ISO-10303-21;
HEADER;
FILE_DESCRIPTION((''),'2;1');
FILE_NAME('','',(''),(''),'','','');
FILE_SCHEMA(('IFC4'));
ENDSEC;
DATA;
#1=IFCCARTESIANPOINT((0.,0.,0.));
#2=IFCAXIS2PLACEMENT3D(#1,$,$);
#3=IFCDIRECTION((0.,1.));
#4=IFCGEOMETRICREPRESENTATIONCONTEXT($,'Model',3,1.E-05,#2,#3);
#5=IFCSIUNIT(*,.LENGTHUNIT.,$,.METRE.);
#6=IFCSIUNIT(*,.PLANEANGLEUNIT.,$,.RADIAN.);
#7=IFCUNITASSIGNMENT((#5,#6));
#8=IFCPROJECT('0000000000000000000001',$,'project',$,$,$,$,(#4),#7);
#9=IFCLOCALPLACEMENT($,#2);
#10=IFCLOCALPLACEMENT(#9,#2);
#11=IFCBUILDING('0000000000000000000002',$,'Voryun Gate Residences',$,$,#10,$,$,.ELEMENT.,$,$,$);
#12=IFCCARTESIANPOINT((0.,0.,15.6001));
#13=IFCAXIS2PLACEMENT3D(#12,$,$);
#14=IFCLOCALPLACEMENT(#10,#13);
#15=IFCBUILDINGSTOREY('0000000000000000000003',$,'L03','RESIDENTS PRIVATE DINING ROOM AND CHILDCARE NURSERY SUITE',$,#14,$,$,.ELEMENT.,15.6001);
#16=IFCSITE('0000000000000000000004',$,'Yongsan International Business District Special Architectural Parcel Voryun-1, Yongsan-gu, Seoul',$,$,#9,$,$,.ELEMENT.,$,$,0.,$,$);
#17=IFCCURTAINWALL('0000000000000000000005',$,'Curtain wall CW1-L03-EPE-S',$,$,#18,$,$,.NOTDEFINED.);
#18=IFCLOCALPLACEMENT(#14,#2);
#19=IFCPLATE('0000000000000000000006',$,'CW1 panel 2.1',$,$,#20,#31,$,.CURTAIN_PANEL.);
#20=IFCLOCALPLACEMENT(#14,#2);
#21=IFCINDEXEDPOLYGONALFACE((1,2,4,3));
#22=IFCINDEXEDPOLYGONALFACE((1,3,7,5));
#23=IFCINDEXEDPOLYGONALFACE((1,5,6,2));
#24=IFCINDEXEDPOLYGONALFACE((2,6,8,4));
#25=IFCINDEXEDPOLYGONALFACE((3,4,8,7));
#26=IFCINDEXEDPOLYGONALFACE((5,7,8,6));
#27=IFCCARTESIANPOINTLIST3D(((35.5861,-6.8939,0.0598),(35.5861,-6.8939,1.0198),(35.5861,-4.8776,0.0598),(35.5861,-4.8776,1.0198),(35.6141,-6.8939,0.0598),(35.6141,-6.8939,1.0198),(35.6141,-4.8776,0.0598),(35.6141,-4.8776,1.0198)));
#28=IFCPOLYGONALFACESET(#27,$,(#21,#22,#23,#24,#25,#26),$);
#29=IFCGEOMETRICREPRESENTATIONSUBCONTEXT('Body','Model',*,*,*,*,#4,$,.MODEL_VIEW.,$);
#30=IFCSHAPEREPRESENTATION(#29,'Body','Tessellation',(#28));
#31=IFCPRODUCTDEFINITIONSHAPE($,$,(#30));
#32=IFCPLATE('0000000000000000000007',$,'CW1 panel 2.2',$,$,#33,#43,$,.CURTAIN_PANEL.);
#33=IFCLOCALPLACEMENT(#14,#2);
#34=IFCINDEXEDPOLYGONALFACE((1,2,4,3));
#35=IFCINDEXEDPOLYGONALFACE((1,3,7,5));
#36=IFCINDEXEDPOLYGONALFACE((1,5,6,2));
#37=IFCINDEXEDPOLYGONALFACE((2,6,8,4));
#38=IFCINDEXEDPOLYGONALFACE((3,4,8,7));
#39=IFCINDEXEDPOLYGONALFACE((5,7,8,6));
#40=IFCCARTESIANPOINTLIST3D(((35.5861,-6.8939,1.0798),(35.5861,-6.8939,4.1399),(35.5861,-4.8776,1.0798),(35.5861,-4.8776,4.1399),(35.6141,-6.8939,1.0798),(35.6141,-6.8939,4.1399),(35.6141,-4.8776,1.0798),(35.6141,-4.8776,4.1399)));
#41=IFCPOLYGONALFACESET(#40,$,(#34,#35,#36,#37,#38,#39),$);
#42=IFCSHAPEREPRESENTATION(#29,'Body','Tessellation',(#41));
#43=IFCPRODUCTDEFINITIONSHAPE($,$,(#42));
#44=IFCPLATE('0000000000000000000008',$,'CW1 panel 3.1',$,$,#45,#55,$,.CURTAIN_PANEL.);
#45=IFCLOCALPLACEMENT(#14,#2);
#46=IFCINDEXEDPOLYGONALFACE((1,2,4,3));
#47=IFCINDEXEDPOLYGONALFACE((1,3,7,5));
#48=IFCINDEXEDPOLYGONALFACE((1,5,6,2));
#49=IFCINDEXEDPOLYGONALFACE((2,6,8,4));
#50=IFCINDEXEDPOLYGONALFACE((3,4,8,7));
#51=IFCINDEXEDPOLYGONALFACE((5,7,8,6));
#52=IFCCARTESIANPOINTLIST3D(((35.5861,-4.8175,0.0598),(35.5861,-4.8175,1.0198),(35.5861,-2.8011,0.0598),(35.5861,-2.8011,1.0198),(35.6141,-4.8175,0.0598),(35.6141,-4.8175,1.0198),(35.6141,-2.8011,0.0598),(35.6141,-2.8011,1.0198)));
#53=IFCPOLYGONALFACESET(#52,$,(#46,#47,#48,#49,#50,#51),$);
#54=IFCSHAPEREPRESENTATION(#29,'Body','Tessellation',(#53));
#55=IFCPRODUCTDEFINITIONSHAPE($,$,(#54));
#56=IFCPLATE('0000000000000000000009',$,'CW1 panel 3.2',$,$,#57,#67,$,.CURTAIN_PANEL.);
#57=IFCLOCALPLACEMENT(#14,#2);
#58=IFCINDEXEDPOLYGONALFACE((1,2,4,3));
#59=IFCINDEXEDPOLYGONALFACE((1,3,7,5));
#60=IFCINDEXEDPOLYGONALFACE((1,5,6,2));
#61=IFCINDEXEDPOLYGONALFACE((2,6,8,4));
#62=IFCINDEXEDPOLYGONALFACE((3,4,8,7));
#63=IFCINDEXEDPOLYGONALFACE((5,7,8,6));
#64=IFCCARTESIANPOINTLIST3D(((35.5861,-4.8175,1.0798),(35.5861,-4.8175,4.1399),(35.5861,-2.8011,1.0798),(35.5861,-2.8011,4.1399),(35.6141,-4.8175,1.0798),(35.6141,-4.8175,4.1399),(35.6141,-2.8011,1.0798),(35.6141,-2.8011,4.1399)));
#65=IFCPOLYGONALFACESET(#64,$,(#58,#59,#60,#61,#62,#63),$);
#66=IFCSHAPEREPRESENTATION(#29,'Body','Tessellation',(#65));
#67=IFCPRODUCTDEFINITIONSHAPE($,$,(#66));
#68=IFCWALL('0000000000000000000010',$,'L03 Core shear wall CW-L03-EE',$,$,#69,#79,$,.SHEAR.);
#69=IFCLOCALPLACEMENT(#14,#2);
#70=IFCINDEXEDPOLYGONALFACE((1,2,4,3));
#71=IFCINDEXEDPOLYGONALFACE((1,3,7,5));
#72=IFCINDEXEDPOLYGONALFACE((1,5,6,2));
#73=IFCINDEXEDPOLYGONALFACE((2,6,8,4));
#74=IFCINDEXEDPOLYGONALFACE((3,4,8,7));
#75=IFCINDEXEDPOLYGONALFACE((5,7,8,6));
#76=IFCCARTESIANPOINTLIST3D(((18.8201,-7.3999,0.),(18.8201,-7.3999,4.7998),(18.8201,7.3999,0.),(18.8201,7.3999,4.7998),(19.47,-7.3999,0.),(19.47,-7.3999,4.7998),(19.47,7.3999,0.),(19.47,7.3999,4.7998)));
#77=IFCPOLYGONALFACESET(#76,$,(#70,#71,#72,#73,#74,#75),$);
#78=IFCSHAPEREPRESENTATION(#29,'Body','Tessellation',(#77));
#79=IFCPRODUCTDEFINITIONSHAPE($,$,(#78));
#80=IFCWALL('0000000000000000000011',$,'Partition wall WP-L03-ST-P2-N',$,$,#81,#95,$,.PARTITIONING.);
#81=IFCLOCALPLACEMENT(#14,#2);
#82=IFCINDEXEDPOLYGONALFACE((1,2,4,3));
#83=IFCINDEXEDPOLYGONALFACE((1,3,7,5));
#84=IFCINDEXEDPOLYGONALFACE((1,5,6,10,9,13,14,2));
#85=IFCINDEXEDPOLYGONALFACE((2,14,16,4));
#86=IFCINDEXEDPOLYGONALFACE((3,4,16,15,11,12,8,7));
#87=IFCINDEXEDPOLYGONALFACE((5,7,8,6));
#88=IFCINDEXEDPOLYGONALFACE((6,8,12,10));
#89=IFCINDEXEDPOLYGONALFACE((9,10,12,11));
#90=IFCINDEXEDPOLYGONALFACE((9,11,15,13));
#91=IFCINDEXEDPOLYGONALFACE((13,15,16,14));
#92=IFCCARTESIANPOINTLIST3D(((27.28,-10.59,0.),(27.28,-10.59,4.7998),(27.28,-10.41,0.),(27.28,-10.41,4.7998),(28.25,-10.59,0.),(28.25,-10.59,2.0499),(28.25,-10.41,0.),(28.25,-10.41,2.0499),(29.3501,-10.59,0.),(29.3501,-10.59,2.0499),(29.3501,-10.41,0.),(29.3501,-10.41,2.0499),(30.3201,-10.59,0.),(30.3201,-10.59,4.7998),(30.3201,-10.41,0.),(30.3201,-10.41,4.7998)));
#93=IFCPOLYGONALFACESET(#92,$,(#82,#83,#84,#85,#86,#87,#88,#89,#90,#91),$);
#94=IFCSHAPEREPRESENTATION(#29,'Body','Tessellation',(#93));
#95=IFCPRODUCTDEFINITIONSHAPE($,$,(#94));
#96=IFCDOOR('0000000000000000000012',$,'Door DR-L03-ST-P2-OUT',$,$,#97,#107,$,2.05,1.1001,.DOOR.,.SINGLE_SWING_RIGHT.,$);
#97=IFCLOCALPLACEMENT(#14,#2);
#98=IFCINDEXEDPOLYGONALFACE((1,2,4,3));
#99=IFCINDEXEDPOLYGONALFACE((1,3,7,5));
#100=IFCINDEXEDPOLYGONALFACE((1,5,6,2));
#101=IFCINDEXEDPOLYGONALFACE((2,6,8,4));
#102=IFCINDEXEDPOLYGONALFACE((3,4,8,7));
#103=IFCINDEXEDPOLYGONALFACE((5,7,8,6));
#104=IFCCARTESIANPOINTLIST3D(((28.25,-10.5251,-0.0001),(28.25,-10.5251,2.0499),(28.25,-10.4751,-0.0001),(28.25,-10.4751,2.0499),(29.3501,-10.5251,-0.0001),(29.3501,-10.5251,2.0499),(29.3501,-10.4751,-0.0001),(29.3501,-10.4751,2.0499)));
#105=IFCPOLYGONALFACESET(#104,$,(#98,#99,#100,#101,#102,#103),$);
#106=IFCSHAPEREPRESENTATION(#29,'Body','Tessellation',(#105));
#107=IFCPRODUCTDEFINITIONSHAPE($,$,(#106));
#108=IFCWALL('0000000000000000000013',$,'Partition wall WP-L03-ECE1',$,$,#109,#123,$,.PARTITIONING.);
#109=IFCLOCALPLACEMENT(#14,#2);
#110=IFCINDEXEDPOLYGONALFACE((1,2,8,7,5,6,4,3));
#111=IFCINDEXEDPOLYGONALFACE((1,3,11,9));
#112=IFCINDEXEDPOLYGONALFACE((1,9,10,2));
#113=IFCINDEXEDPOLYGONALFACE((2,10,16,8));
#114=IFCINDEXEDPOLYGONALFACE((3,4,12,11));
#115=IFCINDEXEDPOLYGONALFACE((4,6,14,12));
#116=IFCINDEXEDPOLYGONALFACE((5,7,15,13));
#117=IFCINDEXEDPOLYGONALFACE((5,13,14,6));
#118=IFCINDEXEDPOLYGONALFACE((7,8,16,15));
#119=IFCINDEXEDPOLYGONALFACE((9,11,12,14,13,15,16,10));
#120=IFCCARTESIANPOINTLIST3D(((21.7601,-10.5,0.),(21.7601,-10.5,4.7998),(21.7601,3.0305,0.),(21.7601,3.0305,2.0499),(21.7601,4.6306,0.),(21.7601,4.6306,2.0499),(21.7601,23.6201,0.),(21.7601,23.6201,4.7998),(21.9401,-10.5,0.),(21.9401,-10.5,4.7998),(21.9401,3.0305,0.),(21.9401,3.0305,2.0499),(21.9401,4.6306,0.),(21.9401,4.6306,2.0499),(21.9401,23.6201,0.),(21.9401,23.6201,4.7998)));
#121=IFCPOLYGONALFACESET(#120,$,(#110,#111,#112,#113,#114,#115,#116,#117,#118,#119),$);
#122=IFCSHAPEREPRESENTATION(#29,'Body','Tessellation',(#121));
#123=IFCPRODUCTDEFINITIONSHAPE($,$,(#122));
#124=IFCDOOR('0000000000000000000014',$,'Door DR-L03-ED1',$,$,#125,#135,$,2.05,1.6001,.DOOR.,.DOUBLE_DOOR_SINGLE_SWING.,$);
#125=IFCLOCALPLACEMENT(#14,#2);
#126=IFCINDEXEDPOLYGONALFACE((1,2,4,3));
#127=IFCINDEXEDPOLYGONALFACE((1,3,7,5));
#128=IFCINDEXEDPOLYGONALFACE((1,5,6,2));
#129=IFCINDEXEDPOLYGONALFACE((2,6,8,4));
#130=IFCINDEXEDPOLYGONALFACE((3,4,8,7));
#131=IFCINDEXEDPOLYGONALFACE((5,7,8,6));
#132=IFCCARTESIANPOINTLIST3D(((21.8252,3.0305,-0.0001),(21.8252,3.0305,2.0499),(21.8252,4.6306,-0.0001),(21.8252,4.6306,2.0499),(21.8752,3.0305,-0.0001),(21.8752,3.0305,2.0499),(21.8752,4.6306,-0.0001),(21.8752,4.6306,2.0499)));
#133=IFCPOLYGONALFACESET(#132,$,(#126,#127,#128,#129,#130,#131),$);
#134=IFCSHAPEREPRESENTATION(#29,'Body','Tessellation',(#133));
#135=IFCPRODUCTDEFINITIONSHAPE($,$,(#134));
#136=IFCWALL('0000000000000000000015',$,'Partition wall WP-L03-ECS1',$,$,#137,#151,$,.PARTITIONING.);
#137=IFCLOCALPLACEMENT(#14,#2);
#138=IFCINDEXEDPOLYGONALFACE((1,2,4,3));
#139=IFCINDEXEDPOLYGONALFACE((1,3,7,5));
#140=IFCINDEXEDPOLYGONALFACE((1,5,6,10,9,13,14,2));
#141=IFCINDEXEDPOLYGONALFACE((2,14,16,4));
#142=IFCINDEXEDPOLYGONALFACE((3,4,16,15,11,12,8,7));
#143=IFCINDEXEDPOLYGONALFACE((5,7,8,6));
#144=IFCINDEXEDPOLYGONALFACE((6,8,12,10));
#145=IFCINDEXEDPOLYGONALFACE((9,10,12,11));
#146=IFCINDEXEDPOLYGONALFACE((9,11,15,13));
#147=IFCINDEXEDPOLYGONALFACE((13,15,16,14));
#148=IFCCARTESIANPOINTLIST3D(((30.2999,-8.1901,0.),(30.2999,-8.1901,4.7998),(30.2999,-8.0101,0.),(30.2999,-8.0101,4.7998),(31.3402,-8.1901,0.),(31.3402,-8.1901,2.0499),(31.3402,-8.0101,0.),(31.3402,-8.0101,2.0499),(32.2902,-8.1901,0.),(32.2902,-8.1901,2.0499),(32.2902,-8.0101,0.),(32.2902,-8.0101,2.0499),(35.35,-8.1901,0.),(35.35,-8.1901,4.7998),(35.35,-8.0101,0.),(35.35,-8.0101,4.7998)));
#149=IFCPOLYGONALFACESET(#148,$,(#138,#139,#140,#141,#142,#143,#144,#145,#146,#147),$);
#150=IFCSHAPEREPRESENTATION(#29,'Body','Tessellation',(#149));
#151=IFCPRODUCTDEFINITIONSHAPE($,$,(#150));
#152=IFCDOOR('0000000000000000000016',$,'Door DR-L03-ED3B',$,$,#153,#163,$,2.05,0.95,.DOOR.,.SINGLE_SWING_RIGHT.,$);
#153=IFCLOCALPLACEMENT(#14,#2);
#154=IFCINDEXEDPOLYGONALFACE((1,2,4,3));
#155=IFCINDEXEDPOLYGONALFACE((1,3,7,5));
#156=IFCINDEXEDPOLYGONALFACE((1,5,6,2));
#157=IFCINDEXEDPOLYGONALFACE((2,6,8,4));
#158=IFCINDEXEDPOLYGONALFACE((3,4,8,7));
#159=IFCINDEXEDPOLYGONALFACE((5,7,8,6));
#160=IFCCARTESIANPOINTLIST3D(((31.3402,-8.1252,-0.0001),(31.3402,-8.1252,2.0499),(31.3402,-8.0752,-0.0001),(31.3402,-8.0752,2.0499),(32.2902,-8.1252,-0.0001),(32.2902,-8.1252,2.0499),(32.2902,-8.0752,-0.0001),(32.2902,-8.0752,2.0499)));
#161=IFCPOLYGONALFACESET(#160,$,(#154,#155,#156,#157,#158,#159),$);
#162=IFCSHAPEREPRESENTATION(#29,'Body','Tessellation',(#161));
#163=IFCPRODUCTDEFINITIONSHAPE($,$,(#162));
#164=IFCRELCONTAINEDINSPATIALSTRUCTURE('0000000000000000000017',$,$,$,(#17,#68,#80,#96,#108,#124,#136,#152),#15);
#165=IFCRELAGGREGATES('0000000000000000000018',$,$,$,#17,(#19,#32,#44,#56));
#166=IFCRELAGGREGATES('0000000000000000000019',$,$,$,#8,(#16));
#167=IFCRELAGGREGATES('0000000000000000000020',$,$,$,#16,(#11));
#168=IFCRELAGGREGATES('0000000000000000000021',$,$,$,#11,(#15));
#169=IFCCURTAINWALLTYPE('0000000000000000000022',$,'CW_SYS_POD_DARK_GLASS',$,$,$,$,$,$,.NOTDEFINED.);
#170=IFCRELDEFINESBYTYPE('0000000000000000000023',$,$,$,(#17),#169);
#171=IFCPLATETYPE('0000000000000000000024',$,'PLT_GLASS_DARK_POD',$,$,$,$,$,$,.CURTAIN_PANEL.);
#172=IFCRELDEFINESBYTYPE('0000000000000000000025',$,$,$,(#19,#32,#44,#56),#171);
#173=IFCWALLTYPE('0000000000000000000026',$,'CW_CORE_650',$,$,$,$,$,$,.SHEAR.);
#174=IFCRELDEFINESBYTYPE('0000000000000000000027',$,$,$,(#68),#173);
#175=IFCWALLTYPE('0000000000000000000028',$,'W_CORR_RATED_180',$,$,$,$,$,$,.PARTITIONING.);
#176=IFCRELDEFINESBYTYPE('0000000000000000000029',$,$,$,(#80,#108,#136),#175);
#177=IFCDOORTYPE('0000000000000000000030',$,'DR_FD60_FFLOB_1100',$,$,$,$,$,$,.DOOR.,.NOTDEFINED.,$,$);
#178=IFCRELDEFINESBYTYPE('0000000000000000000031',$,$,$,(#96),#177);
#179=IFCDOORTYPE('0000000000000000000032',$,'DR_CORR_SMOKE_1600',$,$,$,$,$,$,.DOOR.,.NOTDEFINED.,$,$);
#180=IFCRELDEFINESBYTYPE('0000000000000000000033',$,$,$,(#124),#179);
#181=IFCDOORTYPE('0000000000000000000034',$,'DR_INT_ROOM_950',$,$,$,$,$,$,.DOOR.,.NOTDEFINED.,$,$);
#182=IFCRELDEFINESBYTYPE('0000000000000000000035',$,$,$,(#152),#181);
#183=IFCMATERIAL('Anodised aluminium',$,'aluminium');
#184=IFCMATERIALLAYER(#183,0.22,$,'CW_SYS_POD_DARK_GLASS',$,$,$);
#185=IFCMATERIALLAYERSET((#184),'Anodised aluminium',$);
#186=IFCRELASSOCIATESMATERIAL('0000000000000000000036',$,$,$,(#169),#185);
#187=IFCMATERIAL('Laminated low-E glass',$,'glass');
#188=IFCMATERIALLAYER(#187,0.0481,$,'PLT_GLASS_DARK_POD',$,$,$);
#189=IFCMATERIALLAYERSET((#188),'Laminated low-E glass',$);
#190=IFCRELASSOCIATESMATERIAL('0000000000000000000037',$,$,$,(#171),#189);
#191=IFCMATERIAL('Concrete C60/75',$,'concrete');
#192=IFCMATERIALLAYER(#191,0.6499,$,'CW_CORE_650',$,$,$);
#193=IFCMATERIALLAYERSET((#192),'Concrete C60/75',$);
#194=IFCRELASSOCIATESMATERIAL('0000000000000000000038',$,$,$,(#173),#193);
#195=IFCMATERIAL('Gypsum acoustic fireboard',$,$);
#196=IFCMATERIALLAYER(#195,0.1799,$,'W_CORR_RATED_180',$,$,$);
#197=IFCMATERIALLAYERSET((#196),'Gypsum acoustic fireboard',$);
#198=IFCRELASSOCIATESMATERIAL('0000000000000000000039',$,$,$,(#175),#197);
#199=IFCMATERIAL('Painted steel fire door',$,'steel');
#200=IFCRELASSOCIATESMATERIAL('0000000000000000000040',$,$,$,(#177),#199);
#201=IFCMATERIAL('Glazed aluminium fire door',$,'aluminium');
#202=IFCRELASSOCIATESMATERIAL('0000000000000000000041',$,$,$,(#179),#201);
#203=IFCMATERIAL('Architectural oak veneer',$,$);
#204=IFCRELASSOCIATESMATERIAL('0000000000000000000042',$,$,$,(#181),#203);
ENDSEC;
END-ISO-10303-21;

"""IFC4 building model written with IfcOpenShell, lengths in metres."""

from ifc_helpers import new_model, si_unit, direction, frame, frame_2d, origin, origin_2d, place, context, subcontext, project, spatial, rectangle, extrude, material, layer, layer_set, type_object, element, fill, aggregate, save


model = new_model("IFC4")

# Units and contexts
model_context = context("Model", 3, precision=1e-05, world=origin(), true_north=direction((0.0, 1.0)))
body_context = subcontext(model_context, "Body", "Model", "MODEL_VIEW")
ifc_project = project(units=[si_unit("LENGTHUNIT", "METRE"), si_unit("PLANEANGLEUNIT", "RADIAN")], contexts=[model_context])

# Site, building, storey
site_placement = place(None, origin())
site = spatial("IfcSite", under=ifc_project, at=site_placement, Name="Yongsan International Business District Special Architectural Parcel Voryun-1, Yongsan-gu, Seoul", CompositionType="ELEMENT", RefElevation=0.0)
building_placement = place(site_placement, origin())
building = spatial("IfcBuilding", under=site, at=building_placement, Name="Voryun Gate Residences", CompositionType="ELEMENT")
storey_placement = place(building_placement, frame((0.0, 0.0, 15.6001)))
storey = spatial("IfcBuildingStorey", under=building, at=storey_placement, Name="L03", Description="RESIDENTS PRIVATE DINING ROOM AND CHILDCARE NURSERY SUITE", CompositionType="ELEMENT", Elevation=15.6001)

# Curtain wall, plates
ifc_material_1 = material(Name="Anodised aluminium", Category="aluminium")
ifc_layer_1 = layer(ifc_material_1, 0.22, Name="CW_SYS_POD_DARK_GLASS")
ifc_layer_set_1 = layer_set([ifc_layer_1], Name="Anodised aluminium")
curtain_wall_type = type_object("IfcCurtainWallType", Name="CW_SYS_POD_DARK_GLASS", PredefinedType="NOTDEFINED", material=ifc_layer_set_1)
curtain_wall_placement = place(storey_placement, origin())
curtain_wall = element("IfcCurtainWall", 1, at=curtain_wall_placement, inside=storey, type_object=curtain_wall_type, Name="Curtain wall CW1-L03-EPE-S", PredefinedType="NOTDEFINED")
ifc_material_2 = material(Name="Laminated low-E glass", Category="glass")
ifc_layer_2 = layer(ifc_material_2, 0.0481, Name="PLT_GLASS_DARK_POD")
ifc_layer_set_2 = layer_set([ifc_layer_2], Name="Laminated low-E glass")
plate_type = type_object("IfcPlateType", Name="PLT_GLASS_DARK_POD", PredefinedType="CURTAIN_PANEL", material=ifc_layer_set_2)
plate_1_placement = place(storey_placement, frame((35.6001, -5.8857, 0.0598), z_axis=(0.0, 0.0, 1.0), x_axis=(0.0, 1.0, 0.0)))
plate_1 = element("IfcPlate", 2, at=plate_1_placement, type_object=plate_type, Name="CW1 panel 2.1", PredefinedType="CURTAIN_PANEL", context=body_context, shape_type="SweptSolid", body=[
    extrude(rectangle(XDim=2.0164, YDim=0.0281, at=origin_2d()), origin(), (0.0, 0.0, 1.0), 0.96),
])
plate_2_placement = place(storey_placement, frame((35.6001, -5.8857, 1.0798), z_axis=(0.0, 0.0, 1.0), x_axis=(0.0, 1.0, 0.0)))
plate_2 = element("IfcPlate", 3, at=plate_2_placement, type_object=plate_type, Name="CW1 panel 2.2", PredefinedType="CURTAIN_PANEL", context=body_context, shape_type="SweptSolid", body=[
    extrude(rectangle(XDim=2.0164, YDim=0.0281, at=origin_2d()), origin(), (0.0, 0.0, 1.0), 3.0601),
])
plate_3_placement = place(storey_placement, frame((35.6001, -3.8093, 0.0598), z_axis=(0.0, 0.0, 1.0), x_axis=(0.0, 1.0, 0.0)))
plate_3 = element("IfcPlate", 4, at=plate_3_placement, type_object=plate_type, Name="CW1 panel 3.1", PredefinedType="CURTAIN_PANEL", context=body_context, shape_type="SweptSolid", body=[
    extrude(rectangle(XDim=2.0164, YDim=0.0281, at=origin_2d()), origin(), (0.0, 0.0, 1.0), 0.96),
])
plate_4_placement = place(storey_placement, frame((35.6001, -3.8093, 1.0798), z_axis=(0.0, 0.0, 1.0), x_axis=(0.0, 1.0, 0.0)))
plate_4 = element("IfcPlate", 5, at=plate_4_placement, type_object=plate_type, Name="CW1 panel 3.2", PredefinedType="CURTAIN_PANEL", context=body_context, shape_type="SweptSolid", body=[
    extrude(rectangle(XDim=2.0164, YDim=0.0281, at=origin_2d()), origin(), (0.0, 0.0, 1.0), 3.0601),
])
aggregate(curtain_wall, [plate_1, plate_2, plate_3, plate_4])

# Wall
ifc_material_3 = material(Name="Concrete C60/75", Category="concrete")
ifc_layer_3 = layer(ifc_material_3, 0.6499, Name="CW_CORE_650")
ifc_layer_set_3 = layer_set([ifc_layer_3], Name="Concrete C60/75")
wall_type_1 = type_object("IfcWallType", Name="CW_CORE_650", PredefinedType="SHEAR", material=ifc_layer_set_3)
wall_1_placement = place(storey_placement, frame((19.145, -7.3999, 0.0), z_axis=(0.0, 0.0, 1.0), x_axis=(0.0, 1.0, 0.0)))
element("IfcWall", 6, at=wall_1_placement, inside=storey, type_object=wall_type_1, Name="L03 Core shear wall CW-L03-EE", PredefinedType="SHEAR", context=body_context, shape_type="SweptSolid", body=[
    extrude(rectangle(XDim=14.7998, YDim=0.6499, at=frame_2d((7.3999, 0.0))), origin(), (0.0, 0.0, 1.0), 4.7998),
])

# Walls, openings, doors
ifc_material_4 = material(Name="Gypsum acoustic fireboard")
ifc_layer_4 = layer(ifc_material_4, 0.1799, Name="W_CORR_RATED_180")
ifc_layer_set_4 = layer_set([ifc_layer_4], Name="Gypsum acoustic fireboard")
wall_type_2 = type_object("IfcWallType", Name="W_CORR_RATED_180", PredefinedType="PARTITIONING", material=ifc_layer_set_4)
wall_2_placement = place(storey_placement, frame((27.28, -10.5, 0.0), z_axis=(0.0, 0.0, 1.0), x_axis=(1.0, 0.0, 0.0)))
wall_2 = element("IfcWall", 7, at=wall_2_placement, inside=storey, type_object=wall_type_2, Name="Partition wall WP-L03-ST-P2-N", PredefinedType="PARTITIONING", context=body_context, shape_type="SweptSolid", body=[
    extrude(rectangle(XDim=3.04, YDim=0.1799, at=frame_2d((1.52, 0.0))), origin(), (0.0, 0.0, 1.0), 4.7998),
])
opening_1_placement = place(wall_2_placement, frame((0.97, 0.0, 0.0)))
opening_1 = element("IfcOpeningElement", 8, at=opening_1_placement, cuts=wall_2, PredefinedType="OPENING", context=body_context, shape_type="SweptSolid", body=[
    extrude(rectangle(XDim=1.1001, YDim=2.05, at=frame_2d((0.55, 1.0249))), frame((0.0, 0.0999, 0.0), z_axis=(0.0, -1.0, 0.0), x_axis=(1.0, 0.0, 0.0)), (0.0, 0.0, 1.0), 0.2),
])
ifc_material_5 = material(Name="Painted steel fire door", Category="steel")
door_type_1 = type_object("IfcDoorType", Name="DR_FD60_FFLOB_1100", OperationType="NOTDEFINED", PredefinedType="DOOR", material=ifc_material_5)
door_1_placement = place(opening_1_placement, origin())
door_1 = element("IfcDoor", 9, at=door_1_placement, inside=storey, type_object=door_type_1, Name="Door DR-L03-ST-P2-OUT", OperationType="SINGLE_SWING_RIGHT", OverallHeight=2.05, OverallWidth=1.1001, PredefinedType="DOOR", context=body_context, shape_type="SweptSolid", body=[
    extrude(rectangle(XDim=1.1001, YDim=2.05, at=frame_2d((0.55, 1.0249))), frame((0.0, 0.0249, 0.0), z_axis=(0.0, -1.0, 0.0), x_axis=(1.0, 0.0, 0.0)), (0.0, 0.0, 1.0), 0.05),
])
fill(opening_1, door_1)
wall_3_placement = place(storey_placement, frame((21.8501, -10.5, 0.0), z_axis=(0.0, 0.0, 1.0), x_axis=(0.0, 1.0, 0.0)))
wall_3 = element("IfcWall", 10, at=wall_3_placement, inside=storey, type_object=wall_type_2, Name="Partition wall WP-L03-ECE1", PredefinedType="PARTITIONING", context=body_context, shape_type="SweptSolid", body=[
    extrude(rectangle(XDim=34.1201, YDim=0.1799, at=frame_2d((17.0601, 0.0))), origin(), (0.0, 0.0, 1.0), 4.7998),
])
opening_2_placement = place(wall_3_placement, frame((13.5305, 0.0, 0.0)))
opening_2 = element("IfcOpeningElement", 11, at=opening_2_placement, cuts=wall_3, PredefinedType="OPENING", context=body_context, shape_type="SweptSolid", body=[
    extrude(rectangle(XDim=1.6001, YDim=2.05, at=frame_2d((0.8, 1.0249))), frame((0.0, 0.0999, 0.0), z_axis=(0.0, -1.0, 0.0), x_axis=(1.0, 0.0, 0.0)), (0.0, 0.0, 1.0), 0.2),
])
ifc_material_6 = material(Name="Glazed aluminium fire door", Category="aluminium")
door_type_2 = type_object("IfcDoorType", Name="DR_CORR_SMOKE_1600", OperationType="NOTDEFINED", PredefinedType="DOOR", material=ifc_material_6)
door_2_placement = place(opening_2_placement, origin())
door_2 = element("IfcDoor", 12, at=door_2_placement, inside=storey, type_object=door_type_2, Name="Door DR-L03-ED1", OperationType="DOUBLE_DOOR_SINGLE_SWING", OverallHeight=2.05, OverallWidth=1.6001, PredefinedType="DOOR", context=body_context, shape_type="SweptSolid", body=[
    extrude(rectangle(XDim=1.6001, YDim=2.05, at=frame_2d((0.8, 1.0249))), frame((0.0, 0.0249, 0.0), z_axis=(0.0, -1.0, 0.0), x_axis=(1.0, 0.0, 0.0)), (0.0, 0.0, 1.0), 0.05),
])
fill(opening_2, door_2)
wall_4_placement = place(storey_placement, frame((30.3, -8.1001, 0.0), z_axis=(0.0, 0.0, 1.0), x_axis=(1.0, 0.0, 0.0)))
wall_4 = element("IfcWall", 13, at=wall_4_placement, inside=storey, type_object=wall_type_2, Name="Partition wall WP-L03-ECS1", PredefinedType="PARTITIONING", context=body_context, shape_type="SweptSolid", body=[
    extrude(rectangle(XDim=5.05, YDim=0.1799, at=frame_2d((2.5249, 0.0))), origin(), (0.0, 0.0, 1.0), 4.7998),
])
opening_3_placement = place(wall_4_placement, frame((1.04, 0.0, 0.0)))
opening_3 = element("IfcOpeningElement", 14, at=opening_3_placement, cuts=wall_4, PredefinedType="OPENING", context=body_context, shape_type="SweptSolid", body=[
    extrude(rectangle(XDim=0.95, YDim=2.05, at=frame_2d((0.4751, 1.0249))), frame((0.0, 0.0999, 0.0), z_axis=(0.0, -1.0, 0.0), x_axis=(1.0, 0.0, 0.0)), (0.0, 0.0, 1.0), 0.2),
])
ifc_material_7 = material(Name="Architectural oak veneer")
door_type_3 = type_object("IfcDoorType", Name="DR_INT_ROOM_950", OperationType="NOTDEFINED", PredefinedType="DOOR", material=ifc_material_7)
door_3_placement = place(opening_3_placement, origin())
door_3 = element("IfcDoor", 15, at=door_3_placement, inside=storey, type_object=door_type_3, Name="Door DR-L03-ED3B", OperationType="SINGLE_SWING_RIGHT", OverallHeight=2.05, OverallWidth=0.95, PredefinedType="DOOR", context=body_context, shape_type="SweptSolid", body=[
    extrude(rectangle(XDim=0.95, YDim=2.05, at=frame_2d((0.4751, 1.0249))), frame((0.0, 0.0249, 0.0), z_axis=(0.0, -1.0, 0.0), x_axis=(1.0, 0.0, 0.0)), (0.0, 0.0, 1.0), 0.05),
])
fill(opening_3, door_3)

save(model, "model.ifc")
